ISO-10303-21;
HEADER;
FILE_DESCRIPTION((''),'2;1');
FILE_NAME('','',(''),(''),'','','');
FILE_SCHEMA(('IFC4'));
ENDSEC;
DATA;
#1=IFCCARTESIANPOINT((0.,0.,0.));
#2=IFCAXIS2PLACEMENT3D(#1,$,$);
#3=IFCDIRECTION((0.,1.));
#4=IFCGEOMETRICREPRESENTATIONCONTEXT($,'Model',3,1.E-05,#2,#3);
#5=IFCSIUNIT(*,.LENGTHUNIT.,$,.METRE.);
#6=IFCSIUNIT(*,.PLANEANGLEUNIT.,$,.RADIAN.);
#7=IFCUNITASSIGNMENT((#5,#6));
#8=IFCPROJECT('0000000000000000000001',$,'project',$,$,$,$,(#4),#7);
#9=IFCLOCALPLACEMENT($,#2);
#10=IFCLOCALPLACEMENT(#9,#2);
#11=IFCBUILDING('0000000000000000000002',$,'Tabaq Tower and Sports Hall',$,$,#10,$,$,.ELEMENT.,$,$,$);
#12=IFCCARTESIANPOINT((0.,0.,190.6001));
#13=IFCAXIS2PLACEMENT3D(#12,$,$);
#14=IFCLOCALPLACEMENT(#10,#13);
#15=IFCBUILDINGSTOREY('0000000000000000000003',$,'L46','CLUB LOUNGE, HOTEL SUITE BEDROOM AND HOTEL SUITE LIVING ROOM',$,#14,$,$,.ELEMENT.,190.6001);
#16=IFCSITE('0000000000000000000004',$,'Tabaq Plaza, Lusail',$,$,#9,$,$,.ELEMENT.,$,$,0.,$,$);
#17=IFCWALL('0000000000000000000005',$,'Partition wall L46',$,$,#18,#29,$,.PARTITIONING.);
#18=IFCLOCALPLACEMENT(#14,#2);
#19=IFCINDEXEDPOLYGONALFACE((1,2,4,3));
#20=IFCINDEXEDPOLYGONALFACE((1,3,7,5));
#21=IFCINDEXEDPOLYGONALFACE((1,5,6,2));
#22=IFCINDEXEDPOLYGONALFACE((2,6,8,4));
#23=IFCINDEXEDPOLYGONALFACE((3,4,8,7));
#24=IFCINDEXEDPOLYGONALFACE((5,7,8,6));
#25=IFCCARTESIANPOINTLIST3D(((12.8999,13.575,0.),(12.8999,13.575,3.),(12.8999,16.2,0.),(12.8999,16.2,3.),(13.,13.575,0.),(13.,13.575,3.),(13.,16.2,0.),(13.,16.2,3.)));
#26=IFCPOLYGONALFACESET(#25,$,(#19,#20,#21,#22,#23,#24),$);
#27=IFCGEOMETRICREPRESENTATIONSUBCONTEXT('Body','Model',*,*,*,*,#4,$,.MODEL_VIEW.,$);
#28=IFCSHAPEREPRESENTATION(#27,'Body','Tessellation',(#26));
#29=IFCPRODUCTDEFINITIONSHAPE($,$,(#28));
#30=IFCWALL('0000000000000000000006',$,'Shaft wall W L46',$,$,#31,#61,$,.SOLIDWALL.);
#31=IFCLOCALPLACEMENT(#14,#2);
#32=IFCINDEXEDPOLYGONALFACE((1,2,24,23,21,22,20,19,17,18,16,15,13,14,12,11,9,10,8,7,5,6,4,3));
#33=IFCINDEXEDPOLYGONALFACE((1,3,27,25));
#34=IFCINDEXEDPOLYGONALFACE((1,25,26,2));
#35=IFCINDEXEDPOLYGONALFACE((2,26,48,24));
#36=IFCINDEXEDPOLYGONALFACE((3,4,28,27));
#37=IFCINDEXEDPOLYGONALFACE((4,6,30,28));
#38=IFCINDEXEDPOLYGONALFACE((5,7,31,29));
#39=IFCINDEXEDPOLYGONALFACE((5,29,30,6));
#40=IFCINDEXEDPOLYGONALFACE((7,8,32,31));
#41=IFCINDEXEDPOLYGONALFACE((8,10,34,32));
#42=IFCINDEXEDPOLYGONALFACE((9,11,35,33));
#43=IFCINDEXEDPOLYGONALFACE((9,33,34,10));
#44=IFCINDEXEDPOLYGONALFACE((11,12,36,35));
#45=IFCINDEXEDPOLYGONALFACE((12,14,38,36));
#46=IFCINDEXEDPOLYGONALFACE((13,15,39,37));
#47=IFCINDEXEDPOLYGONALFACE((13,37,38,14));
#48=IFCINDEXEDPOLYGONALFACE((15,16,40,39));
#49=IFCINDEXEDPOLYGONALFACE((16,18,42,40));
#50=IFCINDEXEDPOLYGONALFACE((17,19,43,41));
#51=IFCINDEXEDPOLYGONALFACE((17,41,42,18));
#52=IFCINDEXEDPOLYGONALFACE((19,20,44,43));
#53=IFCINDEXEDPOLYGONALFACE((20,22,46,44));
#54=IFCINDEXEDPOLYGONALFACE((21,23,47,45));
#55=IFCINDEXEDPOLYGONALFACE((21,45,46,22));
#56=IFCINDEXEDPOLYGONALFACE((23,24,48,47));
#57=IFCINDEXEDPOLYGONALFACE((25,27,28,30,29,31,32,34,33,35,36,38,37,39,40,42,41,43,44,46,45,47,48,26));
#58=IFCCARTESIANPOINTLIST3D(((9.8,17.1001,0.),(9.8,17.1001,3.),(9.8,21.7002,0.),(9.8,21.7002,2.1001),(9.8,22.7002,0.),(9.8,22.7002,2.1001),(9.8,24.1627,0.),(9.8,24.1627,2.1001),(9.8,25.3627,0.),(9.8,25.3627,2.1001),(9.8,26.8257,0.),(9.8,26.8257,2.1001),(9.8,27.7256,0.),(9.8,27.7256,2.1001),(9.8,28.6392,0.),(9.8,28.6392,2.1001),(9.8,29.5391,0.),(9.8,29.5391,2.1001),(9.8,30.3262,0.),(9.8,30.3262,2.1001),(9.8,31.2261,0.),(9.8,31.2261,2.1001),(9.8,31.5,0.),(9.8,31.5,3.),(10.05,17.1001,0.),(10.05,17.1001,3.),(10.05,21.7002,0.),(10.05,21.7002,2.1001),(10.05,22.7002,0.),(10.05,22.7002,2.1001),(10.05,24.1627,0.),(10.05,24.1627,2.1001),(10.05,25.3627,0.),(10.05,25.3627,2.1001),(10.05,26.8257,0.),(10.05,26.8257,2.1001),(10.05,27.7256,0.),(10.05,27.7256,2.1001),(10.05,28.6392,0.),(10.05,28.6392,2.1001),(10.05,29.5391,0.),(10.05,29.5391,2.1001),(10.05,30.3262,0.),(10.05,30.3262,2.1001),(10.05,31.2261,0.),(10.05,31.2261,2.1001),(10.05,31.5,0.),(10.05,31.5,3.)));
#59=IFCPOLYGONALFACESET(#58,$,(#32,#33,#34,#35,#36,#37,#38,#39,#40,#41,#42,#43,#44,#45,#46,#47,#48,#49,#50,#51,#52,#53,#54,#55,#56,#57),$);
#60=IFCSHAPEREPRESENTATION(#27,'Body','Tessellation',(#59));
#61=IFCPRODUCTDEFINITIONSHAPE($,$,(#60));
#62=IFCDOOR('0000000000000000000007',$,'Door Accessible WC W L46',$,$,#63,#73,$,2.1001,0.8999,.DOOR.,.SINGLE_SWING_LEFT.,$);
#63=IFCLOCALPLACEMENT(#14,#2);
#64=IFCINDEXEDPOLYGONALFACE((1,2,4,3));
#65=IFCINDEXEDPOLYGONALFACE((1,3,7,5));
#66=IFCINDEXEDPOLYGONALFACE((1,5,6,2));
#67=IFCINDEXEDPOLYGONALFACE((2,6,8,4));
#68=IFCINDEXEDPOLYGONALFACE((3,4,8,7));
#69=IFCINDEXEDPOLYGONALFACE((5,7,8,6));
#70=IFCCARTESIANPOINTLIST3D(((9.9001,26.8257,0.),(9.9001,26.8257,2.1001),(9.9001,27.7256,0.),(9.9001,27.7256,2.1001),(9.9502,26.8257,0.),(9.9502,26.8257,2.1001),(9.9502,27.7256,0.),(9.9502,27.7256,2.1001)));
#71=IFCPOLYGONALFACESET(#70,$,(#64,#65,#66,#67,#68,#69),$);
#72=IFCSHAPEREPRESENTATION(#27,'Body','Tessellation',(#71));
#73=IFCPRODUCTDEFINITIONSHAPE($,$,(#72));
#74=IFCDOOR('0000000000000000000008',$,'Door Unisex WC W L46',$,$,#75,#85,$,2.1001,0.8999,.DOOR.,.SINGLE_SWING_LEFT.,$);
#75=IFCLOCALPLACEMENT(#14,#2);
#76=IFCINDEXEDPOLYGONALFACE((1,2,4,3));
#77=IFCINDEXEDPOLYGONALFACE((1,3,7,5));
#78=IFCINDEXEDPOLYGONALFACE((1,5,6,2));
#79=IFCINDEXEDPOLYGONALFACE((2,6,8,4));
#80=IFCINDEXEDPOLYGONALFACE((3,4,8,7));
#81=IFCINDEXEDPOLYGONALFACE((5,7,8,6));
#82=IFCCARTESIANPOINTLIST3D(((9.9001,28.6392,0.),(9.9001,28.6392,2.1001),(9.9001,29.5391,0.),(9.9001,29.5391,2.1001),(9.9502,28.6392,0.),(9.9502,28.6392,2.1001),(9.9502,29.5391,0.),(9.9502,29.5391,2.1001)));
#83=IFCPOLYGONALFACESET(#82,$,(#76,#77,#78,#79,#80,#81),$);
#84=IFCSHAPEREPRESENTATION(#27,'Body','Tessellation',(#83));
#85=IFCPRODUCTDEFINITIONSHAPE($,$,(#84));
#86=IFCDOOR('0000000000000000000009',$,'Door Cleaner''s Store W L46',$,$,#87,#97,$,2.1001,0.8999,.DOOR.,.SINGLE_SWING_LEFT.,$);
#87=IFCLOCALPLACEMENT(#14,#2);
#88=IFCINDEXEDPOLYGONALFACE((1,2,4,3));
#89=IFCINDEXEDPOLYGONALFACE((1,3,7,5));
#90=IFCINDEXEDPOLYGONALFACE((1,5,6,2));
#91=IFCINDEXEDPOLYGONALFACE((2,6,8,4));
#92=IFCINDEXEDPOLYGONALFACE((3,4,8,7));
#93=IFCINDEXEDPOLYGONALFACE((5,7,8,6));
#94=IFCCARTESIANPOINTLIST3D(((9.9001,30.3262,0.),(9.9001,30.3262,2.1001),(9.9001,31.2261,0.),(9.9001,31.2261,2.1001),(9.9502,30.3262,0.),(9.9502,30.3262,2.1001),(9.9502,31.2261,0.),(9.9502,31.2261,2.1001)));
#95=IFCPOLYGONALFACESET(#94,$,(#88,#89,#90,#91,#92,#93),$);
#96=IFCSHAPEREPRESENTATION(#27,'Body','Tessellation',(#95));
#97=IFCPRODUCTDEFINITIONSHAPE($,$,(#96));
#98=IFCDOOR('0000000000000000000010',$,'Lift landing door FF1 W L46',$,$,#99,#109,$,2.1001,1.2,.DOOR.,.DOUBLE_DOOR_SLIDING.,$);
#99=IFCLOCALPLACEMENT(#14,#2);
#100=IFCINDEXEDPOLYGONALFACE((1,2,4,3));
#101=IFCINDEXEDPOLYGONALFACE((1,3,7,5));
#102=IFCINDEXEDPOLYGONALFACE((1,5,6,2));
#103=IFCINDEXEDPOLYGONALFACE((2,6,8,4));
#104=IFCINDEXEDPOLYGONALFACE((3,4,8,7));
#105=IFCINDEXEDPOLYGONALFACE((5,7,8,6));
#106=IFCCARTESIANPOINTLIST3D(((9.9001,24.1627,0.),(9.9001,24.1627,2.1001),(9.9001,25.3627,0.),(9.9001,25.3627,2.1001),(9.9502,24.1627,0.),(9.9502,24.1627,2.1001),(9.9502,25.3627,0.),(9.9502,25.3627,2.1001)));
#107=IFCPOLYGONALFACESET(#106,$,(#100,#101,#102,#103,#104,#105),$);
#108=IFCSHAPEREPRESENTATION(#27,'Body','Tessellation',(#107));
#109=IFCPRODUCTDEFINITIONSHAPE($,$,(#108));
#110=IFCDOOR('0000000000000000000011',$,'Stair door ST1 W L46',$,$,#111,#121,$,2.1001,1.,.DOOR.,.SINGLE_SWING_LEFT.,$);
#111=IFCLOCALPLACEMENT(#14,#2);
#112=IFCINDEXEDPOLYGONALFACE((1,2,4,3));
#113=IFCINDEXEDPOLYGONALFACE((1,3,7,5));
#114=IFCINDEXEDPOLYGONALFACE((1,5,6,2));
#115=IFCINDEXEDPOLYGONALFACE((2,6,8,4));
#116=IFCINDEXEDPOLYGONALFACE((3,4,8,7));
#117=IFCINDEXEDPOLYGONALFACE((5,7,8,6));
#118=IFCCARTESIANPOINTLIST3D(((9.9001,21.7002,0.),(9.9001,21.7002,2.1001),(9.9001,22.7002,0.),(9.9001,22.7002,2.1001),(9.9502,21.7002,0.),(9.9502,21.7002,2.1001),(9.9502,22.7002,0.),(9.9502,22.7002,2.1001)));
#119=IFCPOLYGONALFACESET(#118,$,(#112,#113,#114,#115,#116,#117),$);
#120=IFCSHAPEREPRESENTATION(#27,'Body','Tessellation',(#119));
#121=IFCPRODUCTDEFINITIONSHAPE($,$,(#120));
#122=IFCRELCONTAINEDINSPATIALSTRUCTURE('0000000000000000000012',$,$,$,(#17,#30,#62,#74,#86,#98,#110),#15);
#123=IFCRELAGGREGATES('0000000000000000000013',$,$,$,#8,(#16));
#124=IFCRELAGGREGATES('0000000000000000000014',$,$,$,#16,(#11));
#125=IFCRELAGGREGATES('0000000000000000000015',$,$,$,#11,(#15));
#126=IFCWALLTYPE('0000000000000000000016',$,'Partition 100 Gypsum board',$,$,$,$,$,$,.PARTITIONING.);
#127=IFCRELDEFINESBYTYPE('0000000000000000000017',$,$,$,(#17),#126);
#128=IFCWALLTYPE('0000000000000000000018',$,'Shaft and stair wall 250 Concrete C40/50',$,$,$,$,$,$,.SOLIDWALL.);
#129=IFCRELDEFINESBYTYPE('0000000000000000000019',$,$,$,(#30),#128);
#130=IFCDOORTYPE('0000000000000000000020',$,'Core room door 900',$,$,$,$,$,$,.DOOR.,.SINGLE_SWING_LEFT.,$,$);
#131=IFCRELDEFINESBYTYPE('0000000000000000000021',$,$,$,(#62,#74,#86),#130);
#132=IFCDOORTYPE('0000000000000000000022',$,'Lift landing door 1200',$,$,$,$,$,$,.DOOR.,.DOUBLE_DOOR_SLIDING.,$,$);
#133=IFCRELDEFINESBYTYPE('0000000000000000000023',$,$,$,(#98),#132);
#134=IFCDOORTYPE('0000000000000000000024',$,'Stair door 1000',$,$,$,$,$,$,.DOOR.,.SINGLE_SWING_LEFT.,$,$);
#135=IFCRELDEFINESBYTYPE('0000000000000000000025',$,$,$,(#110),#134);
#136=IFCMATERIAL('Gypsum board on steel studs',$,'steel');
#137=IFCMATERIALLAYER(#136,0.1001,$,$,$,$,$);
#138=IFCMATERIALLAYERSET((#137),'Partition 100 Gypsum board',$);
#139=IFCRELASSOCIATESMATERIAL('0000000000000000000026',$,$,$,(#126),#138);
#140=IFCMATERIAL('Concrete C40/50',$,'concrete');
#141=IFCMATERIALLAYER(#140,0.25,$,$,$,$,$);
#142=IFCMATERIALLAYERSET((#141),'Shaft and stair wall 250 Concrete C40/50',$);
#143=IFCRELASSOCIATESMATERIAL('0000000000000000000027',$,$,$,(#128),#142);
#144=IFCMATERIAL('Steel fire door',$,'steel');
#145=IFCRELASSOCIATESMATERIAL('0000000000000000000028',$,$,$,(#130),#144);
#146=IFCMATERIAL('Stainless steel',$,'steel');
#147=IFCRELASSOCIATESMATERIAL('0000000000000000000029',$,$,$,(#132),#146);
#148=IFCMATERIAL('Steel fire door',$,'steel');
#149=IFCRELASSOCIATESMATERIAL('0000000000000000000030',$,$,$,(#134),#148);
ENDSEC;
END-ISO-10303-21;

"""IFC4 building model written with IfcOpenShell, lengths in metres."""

from ifc_helpers import new_model, si_unit, direction, frame, frame_2d, origin, place, context, subcontext, project, spatial, rectangle, extrude, material, layer, layer_set, type_object, element, fill, save


model = new_model("IFC4")

# Units and contexts
model_context = context("Model", 3, precision=1e-05, world=origin(), true_north=direction((0.0, 1.0)))
body_context = subcontext(model_context, "Body", "Model", "MODEL_VIEW")
ifc_project = project(units=[si_unit("LENGTHUNIT", "METRE"), si_unit("PLANEANGLEUNIT", "RADIAN")], contexts=[model_context])

# Site, building, storey
site_placement = place(None, origin())
site = spatial("IfcSite", under=ifc_project, at=site_placement, Name="Tabaq Plaza, Lusail", CompositionType="ELEMENT", RefElevation=0.0)
building_placement = place(site_placement, origin())
building = spatial("IfcBuilding", under=site, at=building_placement, Name="Tabaq Tower and Sports Hall", CompositionType="ELEMENT")
storey_placement = place(building_placement, frame((0.0, 0.0, 190.6001)))
storey = spatial("IfcBuildingStorey", under=building, at=storey_placement, Name="L46", Description="CLUB LOUNGE, HOTEL SUITE BEDROOM AND HOTEL SUITE LIVING ROOM", CompositionType="ELEMENT", Elevation=190.6001)

# Wall
ifc_material_1 = material(Name="Gypsum board on steel studs", Category="steel")
ifc_layer_1 = layer(ifc_material_1, 0.1001)
ifc_layer_set_1 = layer_set([ifc_layer_1], Name="Partition 100 Gypsum board")
wall_type_1 = type_object("IfcWallType", Name="Partition 100 Gypsum board", PredefinedType="PARTITIONING", material=ifc_layer_set_1)
wall_1_placement = place(storey_placement, frame((12.95, 13.575, 0.0), z_axis=(0.0, 0.0, 1.0), x_axis=(0.0, 1.0, 0.0)))
element("IfcWall", 1, at=wall_1_placement, inside=storey, type_object=wall_type_1, Name="Partition wall L46", PredefinedType="PARTITIONING", context=body_context, shape_type="SweptSolid", body=[
    extrude(rectangle(XDim=2.625, YDim=0.1001, at=frame_2d((1.3125, 0.0))), origin(), (0.0, 0.0, 1.0), 3.0),
])

# Wall, openings, doors
ifc_material_2 = material(Name="Concrete C40/50", Category="concrete")
ifc_layer_2 = layer(ifc_material_2, 0.25)
ifc_layer_set_2 = layer_set([ifc_layer_2], Name="Shaft and stair wall 250 Concrete C40/50")
wall_type_2 = type_object("IfcWallType", Name="Shaft and stair wall 250 Concrete C40/50", PredefinedType="SOLIDWALL", material=ifc_layer_set_2)
wall_2_placement = place(storey_placement, frame((9.925, 17.1001, 0.0), z_axis=(0.0, 0.0, 1.0), x_axis=(0.0, 1.0, 0.0)))
wall_2 = element("IfcWall", 2, at=wall_2_placement, inside=storey, type_object=wall_type_2, Name="Shaft wall W L46", PredefinedType="SOLIDWALL", context=body_context, shape_type="SweptSolid", body=[
    extrude(rectangle(XDim=14.3999, YDim=0.25, at=frame_2d((7.2, 0.0))), origin(), (0.0, 0.0, 1.0), 3.0),
])
opening_1_placement = place(wall_2_placement, frame((4.6001, 0.0, 0.0)))
opening_1 = element("IfcOpeningElement", 3, at=opening_1_placement, cuts=wall_2, PredefinedType="OPENING", context=body_context, shape_type="SweptSolid", body=[
    extrude(rectangle(XDim=1.0, YDim=2.1001, at=frame_2d((0.5, 1.05))), frame((0.0, 0.125, 0.0), z_axis=(0.0, -1.0, 0.0), x_axis=(1.0, 0.0, 0.0)), (0.0, 0.0, 1.0), 0.25),
])
opening_2_placement = place(wall_2_placement, frame((7.0625, 0.0, 0.0)))
opening_2 = element("IfcOpeningElement", 4, at=opening_2_placement, cuts=wall_2, PredefinedType="OPENING", context=body_context, shape_type="SweptSolid", body=[
    extrude(rectangle(XDim=1.2, YDim=2.1001, at=frame_2d((0.6001, 1.05))), frame((0.0, 0.125, 0.0), z_axis=(0.0, -1.0, 0.0), x_axis=(1.0, 0.0, 0.0)), (0.0, 0.0, 1.0), 0.25),
])
opening_3_placement = place(wall_2_placement, frame((9.7256, 0.0, 0.0)))
opening_3 = element("IfcOpeningElement", 5, at=opening_3_placement, cuts=wall_2, PredefinedType="OPENING", context=body_context, shape_type="SweptSolid", body=[
    extrude(rectangle(XDim=0.8999, YDim=2.1001, at=frame_2d((0.45, 1.05))), frame((0.0, 0.125, 0.0), z_axis=(0.0, -1.0, 0.0), x_axis=(1.0, 0.0, 0.0)), (0.0, 0.0, 1.0), 0.25),
])
opening_4_placement = place(wall_2_placement, frame((11.5391, 0.0, 0.0)))
opening_4 = element("IfcOpeningElement", 6, at=opening_4_placement, cuts=wall_2, PredefinedType="OPENING", context=body_context, shape_type="SweptSolid", body=[
    extrude(rectangle(XDim=0.8999, YDim=2.1001, at=frame_2d((0.45, 1.05))), frame((0.0, 0.125, 0.0), z_axis=(0.0, -1.0, 0.0), x_axis=(1.0, 0.0, 0.0)), (0.0, 0.0, 1.0), 0.25),
])
opening_5_placement = place(wall_2_placement, frame((13.2261, 0.0, 0.0)))
opening_5 = element("IfcOpeningElement", 7, at=opening_5_placement, cuts=wall_2, PredefinedType="OPENING", context=body_context, shape_type="SweptSolid", body=[
    extrude(rectangle(XDim=0.8999, YDim=2.1001, at=frame_2d((0.45, 1.05))), frame((0.0, 0.125, 0.0), z_axis=(0.0, -1.0, 0.0), x_axis=(1.0, 0.0, 0.0)), (0.0, 0.0, 1.0), 0.25),
])
ifc_material_3 = material(Name="Steel fire door", Category="steel")
door_type_1 = type_object("IfcDoorType", Name="Core room door 900", OperationType="SINGLE_SWING_LEFT", PredefinedType="DOOR", material=ifc_material_3)
door_1_placement = place(opening_3_placement, origin())
door_1 = element("IfcDoor", 8, at=door_1_placement, inside=storey, type_object=door_type_1, Name="Door Accessible WC W L46", OperationType="SINGLE_SWING_LEFT", OverallHeight=2.1001, OverallWidth=0.8999, PredefinedType="DOOR", context=body_context, shape_type="SweptSolid", body=[
    extrude(rectangle(XDim=0.8999, YDim=2.1001, at=frame_2d((0.45, 1.05))), frame((0.0, 0.0249, 0.0), z_axis=(0.0, -1.0, 0.0), x_axis=(1.0, 0.0, 0.0)), (0.0, 0.0, 1.0), 0.05),
])
fill(opening_3, door_1)
door_2_placement = place(opening_4_placement, origin())
door_2 = element("IfcDoor", 9, at=door_2_placement, inside=storey, type_object=door_type_1, Name="Door Unisex WC W L46", OperationType="SINGLE_SWING_LEFT", OverallHeight=2.1001, OverallWidth=0.8999, PredefinedType="DOOR", context=body_context, shape_type="SweptSolid", body=[
    extrude(rectangle(XDim=0.8999, YDim=2.1001, at=frame_2d((0.45, 1.05))), frame((0.0, 0.0249, 0.0), z_axis=(0.0, -1.0, 0.0), x_axis=(1.0, 0.0, 0.0)), (0.0, 0.0, 1.0), 0.05),
])
fill(opening_4, door_2)
door_3_placement = place(opening_5_placement, origin())
door_3 = element("IfcDoor", 10, at=door_3_placement, inside=storey, type_object=door_type_1, Name="Door Cleaner's Store W L46", OperationType="SINGLE_SWING_LEFT", OverallHeight=2.1001, OverallWidth=0.8999, PredefinedType="DOOR", context=body_context, shape_type="SweptSolid", body=[
    extrude(rectangle(XDim=0.8999, YDim=2.1001, at=frame_2d((0.45, 1.05))), frame((0.0, 0.0249, 0.0), z_axis=(0.0, -1.0, 0.0), x_axis=(1.0, 0.0, 0.0)), (0.0, 0.0, 1.0), 0.05),
])
fill(opening_5, door_3)
ifc_material_4 = material(Name="Stainless steel", Category="steel")
door_type_2 = type_object("IfcDoorType", Name="Lift landing door 1200", OperationType="DOUBLE_DOOR_SLIDING", PredefinedType="DOOR", material=ifc_material_4)
door_4_placement = place(opening_2_placement, origin())
door_4 = element("IfcDoor", 11, at=door_4_placement, inside=storey, type_object=door_type_2, Name="Lift landing door FF1 W L46", OperationType="DOUBLE_DOOR_SLIDING", OverallHeight=2.1001, OverallWidth=1.2, PredefinedType="DOOR", context=body_context, shape_type="SweptSolid", body=[
    extrude(rectangle(XDim=1.2, YDim=2.1001, at=frame_2d((0.6001, 1.05))), frame((0.0, 0.0249, 0.0), z_axis=(0.0, -1.0, 0.0), x_axis=(1.0, 0.0, 0.0)), (0.0, 0.0, 1.0), 0.05),
])
fill(opening_2, door_4)
ifc_material_5 = material(Name="Steel fire door", Category="steel")
door_type_3 = type_object("IfcDoorType", Name="Stair door 1000", OperationType="SINGLE_SWING_LEFT", PredefinedType="DOOR", material=ifc_material_5)
door_5_placement = place(opening_1_placement, origin())
door_5 = element("IfcDoor", 12, at=door_5_placement, inside=storey, type_object=door_type_3, Name="Stair door ST1 W L46", OperationType="SINGLE_SWING_LEFT", OverallHeight=2.1001, OverallWidth=1.0, PredefinedType="DOOR", context=body_context, shape_type="SweptSolid", body=[
    extrude(rectangle(XDim=1.0, YDim=2.1001, at=frame_2d((0.5, 1.05))), frame((0.0, 0.0249, 0.0), z_axis=(0.0, -1.0, 0.0), x_axis=(1.0, 0.0, 0.0)), (0.0, 0.0, 1.0), 0.05),
])
fill(opening_1, door_5)

save(model, "model.ifc")
